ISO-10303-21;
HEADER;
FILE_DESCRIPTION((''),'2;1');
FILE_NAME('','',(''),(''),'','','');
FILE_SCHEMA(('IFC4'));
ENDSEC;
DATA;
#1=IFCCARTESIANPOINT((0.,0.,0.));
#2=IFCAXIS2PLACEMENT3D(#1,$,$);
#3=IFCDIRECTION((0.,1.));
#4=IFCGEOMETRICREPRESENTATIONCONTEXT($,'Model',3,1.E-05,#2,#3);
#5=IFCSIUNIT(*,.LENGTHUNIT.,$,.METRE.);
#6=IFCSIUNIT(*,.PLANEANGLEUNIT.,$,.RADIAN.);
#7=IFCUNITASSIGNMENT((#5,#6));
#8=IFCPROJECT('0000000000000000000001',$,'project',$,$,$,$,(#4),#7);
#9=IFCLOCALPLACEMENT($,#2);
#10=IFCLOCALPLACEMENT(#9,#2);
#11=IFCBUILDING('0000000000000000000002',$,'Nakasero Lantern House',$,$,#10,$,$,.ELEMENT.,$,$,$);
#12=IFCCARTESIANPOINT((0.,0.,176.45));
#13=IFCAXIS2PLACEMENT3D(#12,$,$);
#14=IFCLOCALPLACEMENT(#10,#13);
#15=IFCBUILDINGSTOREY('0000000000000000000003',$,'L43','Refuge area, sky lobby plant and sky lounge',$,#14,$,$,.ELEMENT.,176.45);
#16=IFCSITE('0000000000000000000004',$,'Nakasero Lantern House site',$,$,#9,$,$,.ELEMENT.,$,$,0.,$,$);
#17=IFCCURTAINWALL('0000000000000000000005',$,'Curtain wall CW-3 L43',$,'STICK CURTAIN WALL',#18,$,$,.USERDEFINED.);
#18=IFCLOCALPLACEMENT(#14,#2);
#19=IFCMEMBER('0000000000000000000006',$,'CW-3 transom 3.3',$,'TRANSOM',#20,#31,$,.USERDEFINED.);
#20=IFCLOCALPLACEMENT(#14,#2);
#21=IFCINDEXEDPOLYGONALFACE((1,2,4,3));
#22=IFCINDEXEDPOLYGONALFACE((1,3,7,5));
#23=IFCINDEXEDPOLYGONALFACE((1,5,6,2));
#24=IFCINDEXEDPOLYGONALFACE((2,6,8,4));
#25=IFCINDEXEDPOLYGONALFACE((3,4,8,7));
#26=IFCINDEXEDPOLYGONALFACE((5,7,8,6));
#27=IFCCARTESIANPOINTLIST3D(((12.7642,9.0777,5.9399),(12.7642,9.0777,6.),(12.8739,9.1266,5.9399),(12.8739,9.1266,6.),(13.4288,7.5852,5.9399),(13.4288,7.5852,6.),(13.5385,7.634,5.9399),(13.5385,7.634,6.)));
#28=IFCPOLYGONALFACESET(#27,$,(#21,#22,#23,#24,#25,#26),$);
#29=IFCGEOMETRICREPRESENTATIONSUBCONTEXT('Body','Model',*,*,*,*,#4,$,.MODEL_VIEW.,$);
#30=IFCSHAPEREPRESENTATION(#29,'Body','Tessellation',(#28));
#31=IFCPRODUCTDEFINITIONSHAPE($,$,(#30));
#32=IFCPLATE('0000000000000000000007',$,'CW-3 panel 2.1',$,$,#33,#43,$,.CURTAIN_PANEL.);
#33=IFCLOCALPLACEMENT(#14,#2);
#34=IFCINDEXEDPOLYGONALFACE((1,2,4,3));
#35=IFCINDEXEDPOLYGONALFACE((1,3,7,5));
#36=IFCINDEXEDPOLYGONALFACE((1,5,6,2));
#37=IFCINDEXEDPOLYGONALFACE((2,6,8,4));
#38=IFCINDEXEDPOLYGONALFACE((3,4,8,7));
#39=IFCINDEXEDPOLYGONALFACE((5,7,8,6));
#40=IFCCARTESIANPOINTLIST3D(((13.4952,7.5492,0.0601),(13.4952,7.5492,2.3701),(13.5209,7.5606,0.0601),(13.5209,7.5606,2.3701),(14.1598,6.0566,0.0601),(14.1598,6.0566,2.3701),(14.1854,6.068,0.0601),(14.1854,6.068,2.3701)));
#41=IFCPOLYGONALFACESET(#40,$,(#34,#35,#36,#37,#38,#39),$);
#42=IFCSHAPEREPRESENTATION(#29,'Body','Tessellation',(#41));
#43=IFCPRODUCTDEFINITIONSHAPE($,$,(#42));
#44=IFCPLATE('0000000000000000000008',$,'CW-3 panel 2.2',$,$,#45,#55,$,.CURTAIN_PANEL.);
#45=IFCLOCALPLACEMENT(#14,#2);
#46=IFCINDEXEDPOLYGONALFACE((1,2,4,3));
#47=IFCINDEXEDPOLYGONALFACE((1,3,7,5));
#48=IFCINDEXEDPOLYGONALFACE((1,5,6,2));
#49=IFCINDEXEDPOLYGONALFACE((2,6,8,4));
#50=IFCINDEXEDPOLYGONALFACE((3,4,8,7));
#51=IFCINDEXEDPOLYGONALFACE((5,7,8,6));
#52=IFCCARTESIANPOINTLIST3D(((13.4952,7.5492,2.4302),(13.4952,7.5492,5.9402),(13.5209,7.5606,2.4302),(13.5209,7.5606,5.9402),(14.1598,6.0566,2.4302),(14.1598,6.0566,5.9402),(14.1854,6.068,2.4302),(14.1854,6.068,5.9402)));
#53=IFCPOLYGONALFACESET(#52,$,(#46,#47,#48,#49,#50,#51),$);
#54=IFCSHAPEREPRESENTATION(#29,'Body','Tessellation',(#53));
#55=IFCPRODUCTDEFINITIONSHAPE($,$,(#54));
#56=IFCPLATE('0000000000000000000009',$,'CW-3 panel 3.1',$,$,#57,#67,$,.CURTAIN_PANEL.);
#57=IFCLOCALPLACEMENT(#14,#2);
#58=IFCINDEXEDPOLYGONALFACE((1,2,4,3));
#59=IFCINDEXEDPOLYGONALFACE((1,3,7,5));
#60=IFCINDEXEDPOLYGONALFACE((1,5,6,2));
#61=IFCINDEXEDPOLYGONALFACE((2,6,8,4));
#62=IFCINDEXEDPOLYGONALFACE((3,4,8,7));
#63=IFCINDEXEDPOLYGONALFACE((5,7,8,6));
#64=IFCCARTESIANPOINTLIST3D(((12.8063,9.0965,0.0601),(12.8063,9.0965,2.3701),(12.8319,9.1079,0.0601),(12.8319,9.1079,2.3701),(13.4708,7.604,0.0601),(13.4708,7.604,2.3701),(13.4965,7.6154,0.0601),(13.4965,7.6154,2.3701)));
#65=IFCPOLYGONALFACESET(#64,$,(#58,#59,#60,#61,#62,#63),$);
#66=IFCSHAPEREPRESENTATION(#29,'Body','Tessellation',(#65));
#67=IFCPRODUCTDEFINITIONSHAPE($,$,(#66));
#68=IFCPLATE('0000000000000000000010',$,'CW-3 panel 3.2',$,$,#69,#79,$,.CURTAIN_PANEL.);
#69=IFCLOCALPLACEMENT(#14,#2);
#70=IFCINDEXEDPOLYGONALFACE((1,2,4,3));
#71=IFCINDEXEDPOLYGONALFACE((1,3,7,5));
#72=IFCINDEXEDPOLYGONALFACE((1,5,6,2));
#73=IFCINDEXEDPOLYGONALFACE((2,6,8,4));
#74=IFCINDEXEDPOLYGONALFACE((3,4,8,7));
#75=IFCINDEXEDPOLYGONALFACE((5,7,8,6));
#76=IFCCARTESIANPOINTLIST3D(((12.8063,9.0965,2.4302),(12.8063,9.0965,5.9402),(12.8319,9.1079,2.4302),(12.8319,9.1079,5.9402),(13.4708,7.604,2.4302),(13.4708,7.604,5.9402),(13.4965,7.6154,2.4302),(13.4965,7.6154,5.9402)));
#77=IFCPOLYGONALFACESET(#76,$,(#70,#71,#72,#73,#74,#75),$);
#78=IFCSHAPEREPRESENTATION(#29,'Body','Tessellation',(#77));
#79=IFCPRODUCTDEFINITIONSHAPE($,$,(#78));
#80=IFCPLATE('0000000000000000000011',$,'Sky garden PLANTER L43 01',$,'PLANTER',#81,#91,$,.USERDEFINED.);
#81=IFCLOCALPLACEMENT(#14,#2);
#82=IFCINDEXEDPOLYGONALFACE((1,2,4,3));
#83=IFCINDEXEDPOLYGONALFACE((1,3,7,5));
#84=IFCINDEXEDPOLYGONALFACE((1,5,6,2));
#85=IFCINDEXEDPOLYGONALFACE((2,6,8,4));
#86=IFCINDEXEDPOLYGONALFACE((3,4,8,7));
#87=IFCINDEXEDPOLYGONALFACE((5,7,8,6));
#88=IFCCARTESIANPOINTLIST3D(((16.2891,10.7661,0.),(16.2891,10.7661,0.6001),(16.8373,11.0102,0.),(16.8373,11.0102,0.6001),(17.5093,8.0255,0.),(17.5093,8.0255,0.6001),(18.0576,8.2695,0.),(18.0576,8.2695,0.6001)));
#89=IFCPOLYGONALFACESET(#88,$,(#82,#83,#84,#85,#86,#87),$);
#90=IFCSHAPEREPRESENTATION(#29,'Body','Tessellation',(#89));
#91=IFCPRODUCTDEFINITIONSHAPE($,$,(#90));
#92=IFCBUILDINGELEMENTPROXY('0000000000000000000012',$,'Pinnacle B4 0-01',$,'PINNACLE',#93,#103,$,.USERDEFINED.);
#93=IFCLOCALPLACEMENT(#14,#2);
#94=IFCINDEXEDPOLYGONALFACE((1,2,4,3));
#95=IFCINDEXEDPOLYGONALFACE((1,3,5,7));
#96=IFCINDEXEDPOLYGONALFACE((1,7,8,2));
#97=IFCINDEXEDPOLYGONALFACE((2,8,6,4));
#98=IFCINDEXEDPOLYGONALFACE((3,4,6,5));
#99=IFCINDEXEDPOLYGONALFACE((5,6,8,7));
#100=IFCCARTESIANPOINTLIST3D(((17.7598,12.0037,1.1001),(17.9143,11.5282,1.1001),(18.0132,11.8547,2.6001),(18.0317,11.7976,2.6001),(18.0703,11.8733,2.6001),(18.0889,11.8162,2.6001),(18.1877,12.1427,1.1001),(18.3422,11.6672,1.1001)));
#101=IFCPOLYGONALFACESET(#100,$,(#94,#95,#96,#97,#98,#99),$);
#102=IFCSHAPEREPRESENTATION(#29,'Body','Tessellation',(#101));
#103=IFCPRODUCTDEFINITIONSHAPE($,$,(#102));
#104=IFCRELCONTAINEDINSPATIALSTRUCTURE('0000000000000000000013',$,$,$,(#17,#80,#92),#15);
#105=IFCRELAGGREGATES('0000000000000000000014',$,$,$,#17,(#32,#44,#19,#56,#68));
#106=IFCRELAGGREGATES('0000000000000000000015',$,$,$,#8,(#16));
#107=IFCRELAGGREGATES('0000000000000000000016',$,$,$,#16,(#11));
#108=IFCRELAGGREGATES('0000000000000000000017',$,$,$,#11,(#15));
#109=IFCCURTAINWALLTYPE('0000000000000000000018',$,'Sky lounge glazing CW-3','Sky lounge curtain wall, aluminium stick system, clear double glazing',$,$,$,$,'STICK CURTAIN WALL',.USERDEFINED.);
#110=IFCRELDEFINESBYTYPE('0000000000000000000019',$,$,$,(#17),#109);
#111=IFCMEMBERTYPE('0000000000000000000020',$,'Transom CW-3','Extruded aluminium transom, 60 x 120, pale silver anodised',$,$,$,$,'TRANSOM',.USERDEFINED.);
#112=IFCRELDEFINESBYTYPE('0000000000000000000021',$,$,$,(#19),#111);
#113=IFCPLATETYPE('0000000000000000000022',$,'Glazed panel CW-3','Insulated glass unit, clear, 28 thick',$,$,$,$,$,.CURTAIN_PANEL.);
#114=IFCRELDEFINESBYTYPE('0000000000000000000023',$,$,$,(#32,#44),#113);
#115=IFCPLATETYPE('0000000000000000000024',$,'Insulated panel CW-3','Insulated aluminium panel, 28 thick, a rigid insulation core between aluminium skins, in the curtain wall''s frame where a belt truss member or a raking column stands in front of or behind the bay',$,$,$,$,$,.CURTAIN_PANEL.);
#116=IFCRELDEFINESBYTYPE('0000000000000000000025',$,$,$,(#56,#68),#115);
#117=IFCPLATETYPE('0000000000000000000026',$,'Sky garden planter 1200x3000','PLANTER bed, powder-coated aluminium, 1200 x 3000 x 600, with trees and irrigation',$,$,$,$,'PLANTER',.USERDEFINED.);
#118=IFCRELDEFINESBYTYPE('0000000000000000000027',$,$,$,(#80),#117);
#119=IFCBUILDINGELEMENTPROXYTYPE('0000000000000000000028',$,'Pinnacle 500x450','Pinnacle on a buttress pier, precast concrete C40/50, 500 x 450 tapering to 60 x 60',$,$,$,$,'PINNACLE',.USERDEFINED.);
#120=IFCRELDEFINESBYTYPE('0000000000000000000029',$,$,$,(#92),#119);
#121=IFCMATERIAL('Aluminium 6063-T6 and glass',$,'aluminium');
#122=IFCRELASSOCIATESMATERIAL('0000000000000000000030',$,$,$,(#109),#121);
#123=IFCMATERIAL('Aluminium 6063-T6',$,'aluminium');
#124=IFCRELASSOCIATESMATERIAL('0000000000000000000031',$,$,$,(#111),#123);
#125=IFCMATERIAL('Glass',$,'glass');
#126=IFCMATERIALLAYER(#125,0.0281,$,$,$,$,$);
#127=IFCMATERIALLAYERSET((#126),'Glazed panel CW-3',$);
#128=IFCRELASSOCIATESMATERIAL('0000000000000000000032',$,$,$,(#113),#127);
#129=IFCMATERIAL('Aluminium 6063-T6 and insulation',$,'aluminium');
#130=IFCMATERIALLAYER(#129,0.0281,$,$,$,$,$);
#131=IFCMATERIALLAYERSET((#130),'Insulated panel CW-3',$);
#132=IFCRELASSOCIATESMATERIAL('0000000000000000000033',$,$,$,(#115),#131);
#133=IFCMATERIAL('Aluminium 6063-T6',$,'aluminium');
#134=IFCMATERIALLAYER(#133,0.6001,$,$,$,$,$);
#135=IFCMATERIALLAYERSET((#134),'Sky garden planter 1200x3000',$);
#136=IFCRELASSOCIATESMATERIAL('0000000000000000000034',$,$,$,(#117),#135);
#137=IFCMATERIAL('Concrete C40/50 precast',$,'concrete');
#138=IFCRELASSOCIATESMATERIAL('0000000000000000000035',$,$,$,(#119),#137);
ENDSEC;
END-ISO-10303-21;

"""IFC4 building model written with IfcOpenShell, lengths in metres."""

from ifc_helpers import new_model, entity, si_unit, direction, frame, origin, origin_2d, place, context, subcontext, project, spatial, rectangle, extrude, material, layer, layer_set, material_profile, profile_set, type_object, element, aggregate, save


model = new_model("IFC4")

# Units and contexts
model_context = context("Model", 3, precision=1e-05, world=origin(), true_north=direction((0.0, 1.0)))
body_context = subcontext(model_context, "Body", "Model", "MODEL_VIEW")
ifc_project = project(units=[si_unit("LENGTHUNIT", "METRE"), si_unit("PLANEANGLEUNIT", "RADIAN")], contexts=[model_context])

# Site, building, storey
site_placement = place(None, origin())
site = spatial("IfcSite", under=ifc_project, at=site_placement, Name="Nakasero Lantern House site", CompositionType="ELEMENT", RefElevation=0.0)
building_placement = place(site_placement, origin())
building = spatial("IfcBuilding", under=site, at=building_placement, Name="Nakasero Lantern House", CompositionType="ELEMENT")
storey_placement = place(building_placement, frame((0.0, 0.0, 176.45)))
storey = spatial("IfcBuildingStorey", under=building, at=storey_placement, Name="L43", Description="Refuge area, sky lobby plant and sky lounge", CompositionType="ELEMENT", Elevation=176.45)

# Curtain wall
ifc_material_1 = material(Name="Aluminium 6063-T6 and glass", Category="aluminium")
curtain_wall_type = type_object("IfcCurtainWallType", Name="Sky lounge glazing CW-3", Description="Sky lounge curtain wall, aluminium stick system, clear double glazing", ElementType="STICK CURTAIN WALL", PredefinedType="USERDEFINED", material=ifc_material_1)
curtain_wall_placement = place(storey_placement, origin())
curtain_wall = element("IfcCurtainWall", 1, at=curtain_wall_placement, inside=storey, type_object=curtain_wall_type, Name="Curtain wall CW-3 L43", ObjectType="STICK CURTAIN WALL", PredefinedType="USERDEFINED")

# Member
ifc_material_2 = material(Name="Aluminium 6063-T6", Category="aluminium")
ifc_material_profile_1 = material_profile(ifc_material_2, rectangle(XDim=0.0601, YDim=0.1201, at=origin_2d()), Name="CW-3 transom 60x120")
ifc_profile_set_1 = profile_set([ifc_material_profile_1], Name="Aluminium 6063-T6")
member_type_1 = type_object("IfcMemberType", Name="Transom CW-3", Description="Extruded aluminium transom, 60 x 120, pale silver anodised", ElementType="TRANSOM", PredefinedType="USERDEFINED", material=ifc_profile_set_1)
member_1_placement = place(storey_placement, frame((13.4836, 7.6096, 5.97), z_axis=(-0.406776, 0.913528, 0.0), x_axis=(0.0, 0.0, 1.0)))
member_1 = element("IfcMember", 2, at=member_1_placement, type_object=member_type_1, Name="CW-3 transom 3.3", ObjectType="TRANSOM", PredefinedType="USERDEFINED", context=body_context, shape_type="SweptSolid", body=[
    extrude(rectangle(XDim=0.0601, YDim=0.1201, at=origin_2d()), origin(), (0.0, 0.0, 1.0), 1.6338),
])

# Plates
ifc_material_3 = material(Name="Glass", Category="glass")
ifc_layer_1 = layer(ifc_material_3, 0.0281)
ifc_layer_set_1 = layer_set([ifc_layer_1], Name="Glazed panel CW-3")
plate_type_1 = type_object("IfcPlateType", Name="Glazed panel CW-3", Description="Insulated glass unit, clear, 28 thick", PredefinedType="CURTAIN_PANEL", material=ifc_layer_set_1)
plate_1_placement = place(storey_placement, frame((13.8403, 6.8086, 0.0601), z_axis=(0.0, 0.0, 1.0), x_axis=(-0.406737, 0.913545, 0.0)))
plate_1 = element("IfcPlate", 3, at=plate_1_placement, type_object=plate_type_1, Name="CW-3 panel 2.1", PredefinedType="CURTAIN_PANEL", context=body_context, shape_type="SweptSolid", body=[
    extrude(rectangle(XDim=1.6338, YDim=0.0281, at=origin_2d()), origin(), (0.0, 0.0, 1.0), 2.3101),
])
plate_2_placement = place(storey_placement, frame((13.8403, 6.8086, 2.4302), z_axis=(0.0, 0.0, 1.0), x_axis=(-0.406737, 0.913545, 0.0)))
plate_2 = element("IfcPlate", 4, at=plate_2_placement, type_object=plate_type_1, Name="CW-3 panel 2.2", PredefinedType="CURTAIN_PANEL", context=body_context, shape_type="SweptSolid", body=[
    extrude(rectangle(XDim=1.6338, YDim=0.0281, at=origin_2d()), origin(), (0.0, 0.0, 1.0), 3.51),
])
ifc_material_4 = material(Name="Aluminium 6063-T6 and insulation", Category="aluminium")
ifc_layer_2 = layer(ifc_material_4, 0.0281)
ifc_layer_set_2 = layer_set([ifc_layer_2], Name="Insulated panel CW-3")
plate_type_2 = type_object("IfcPlateType", Name="Insulated panel CW-3", Description="Insulated aluminium panel, 28 thick, a rigid insulation core between aluminium skins, in the curtain wall's frame where a belt truss member or a raking column stands in front of or behind the bay", PredefinedType="CURTAIN_PANEL", material=ifc_layer_set_2)
plate_3_placement = place(storey_placement, frame((13.1514, 8.356, 0.0601), z_axis=(0.0, 0.0, 1.0), x_axis=(-0.406737, 0.913545, 0.0)))
plate_3 = element("IfcPlate", 5, at=plate_3_placement, type_object=plate_type_2, Name="CW-3 panel 3.1", PredefinedType="CURTAIN_PANEL", context=body_context, shape_type="SweptSolid", body=[
    extrude(rectangle(XDim=1.6338, YDim=0.0281, at=origin_2d()), origin(), (0.0, 0.0, 1.0), 2.3101),
])
plate_4_placement = place(storey_placement, frame((13.1514, 8.356, 2.4302), z_axis=(0.0, 0.0, 1.0), x_axis=(-0.406737, 0.913545, 0.0)))
plate_4 = element("IfcPlate", 6, at=plate_4_placement, type_object=plate_type_2, Name="CW-3 panel 3.2", PredefinedType="CURTAIN_PANEL", context=body_context, shape_type="SweptSolid", body=[
    extrude(rectangle(XDim=1.6338, YDim=0.0281, at=origin_2d()), origin(), (0.0, 0.0, 1.0), 3.51),
])
aggregate(curtain_wall, [plate_1, plate_2, member_1, plate_3, plate_4])
ifc_material_5 = material(Name="Aluminium 6063-T6", Category="aluminium")
ifc_layer_3 = layer(ifc_material_5, 0.6001)
ifc_layer_set_3 = layer_set([ifc_layer_3], Name="Sky garden planter 1200x3000")
plate_type_3 = type_object("IfcPlateType", Name="Sky garden planter 1200x3000", Description="PLANTER bed, powder-coated aluminium, 1200 x 3000 x 600, with trees and irrigation", ElementType="PLANTER", PredefinedType="USERDEFINED", material=ifc_layer_set_3)
plate_5_placement = place(storey_placement, frame((17.1733, 9.5178, 0.0), z_axis=(0.0, 0.0, 1.0), x_axis=(0.913545, 0.406737, 0.0)))
element("IfcPlate", 7, at=plate_5_placement, inside=storey, type_object=plate_type_3, Name="Sky garden PLANTER L43 01", ObjectType="PLANTER", PredefinedType="USERDEFINED", context=body_context, shape_type="SweptSolid", body=[
    extrude(rectangle(XDim=0.6001, YDim=3.0, at=origin_2d()), origin(), (0.0, 0.0, 1.0), 0.6001),
])

# Building element proxy
ifc_material_6 = material(Name="Concrete C40/50 precast", Category="concrete")
building_element_proxy_type = type_object("IfcBuildingElementProxyType", Name="Pinnacle 500x450", Description="Pinnacle on a buttress pier, precast concrete C40/50, 500 x 450 tapering to 60 x 60", ElementType="PINNACLE", PredefinedType="USERDEFINED", material=ifc_material_6)
proxy_placement = place(storey_placement, frame((18.051, 11.8354, 1.1001), z_axis=(0.0, 0.0, 1.0), x_axis=(0.951057, 0.309017, 0.0)))
element("IfcBuildingElementProxy", 8, at=proxy_placement, inside=storey, type_object=building_element_proxy_type, Name="Pinnacle B4 0-01", ObjectType="PINNACLE", PredefinedType="USERDEFINED", context=body_context, shape_type="SweptSolid", body=[
    entity("IfcExtrudedAreaSolidTapered", entity("IfcRectangleProfileDef", "AREA", None, entity("IfcAxis2Placement2D", entity("IfcCartesianPoint", [0.0, 0.0])), 0.45, 0.5), entity("IfcAxis2Placement3D", entity("IfcCartesianPoint", [0.0, 0.0, 0.0])), entity("IfcDirection", [0.0, 0.0, 1.0]), 1.5, entity("IfcRectangleProfileDef", "AREA", None, entity("IfcAxis2Placement2D", entity("IfcCartesianPoint", [0.0, 0.0])), 0.0601, 0.0601)),
])

save(model, "model.ifc")
